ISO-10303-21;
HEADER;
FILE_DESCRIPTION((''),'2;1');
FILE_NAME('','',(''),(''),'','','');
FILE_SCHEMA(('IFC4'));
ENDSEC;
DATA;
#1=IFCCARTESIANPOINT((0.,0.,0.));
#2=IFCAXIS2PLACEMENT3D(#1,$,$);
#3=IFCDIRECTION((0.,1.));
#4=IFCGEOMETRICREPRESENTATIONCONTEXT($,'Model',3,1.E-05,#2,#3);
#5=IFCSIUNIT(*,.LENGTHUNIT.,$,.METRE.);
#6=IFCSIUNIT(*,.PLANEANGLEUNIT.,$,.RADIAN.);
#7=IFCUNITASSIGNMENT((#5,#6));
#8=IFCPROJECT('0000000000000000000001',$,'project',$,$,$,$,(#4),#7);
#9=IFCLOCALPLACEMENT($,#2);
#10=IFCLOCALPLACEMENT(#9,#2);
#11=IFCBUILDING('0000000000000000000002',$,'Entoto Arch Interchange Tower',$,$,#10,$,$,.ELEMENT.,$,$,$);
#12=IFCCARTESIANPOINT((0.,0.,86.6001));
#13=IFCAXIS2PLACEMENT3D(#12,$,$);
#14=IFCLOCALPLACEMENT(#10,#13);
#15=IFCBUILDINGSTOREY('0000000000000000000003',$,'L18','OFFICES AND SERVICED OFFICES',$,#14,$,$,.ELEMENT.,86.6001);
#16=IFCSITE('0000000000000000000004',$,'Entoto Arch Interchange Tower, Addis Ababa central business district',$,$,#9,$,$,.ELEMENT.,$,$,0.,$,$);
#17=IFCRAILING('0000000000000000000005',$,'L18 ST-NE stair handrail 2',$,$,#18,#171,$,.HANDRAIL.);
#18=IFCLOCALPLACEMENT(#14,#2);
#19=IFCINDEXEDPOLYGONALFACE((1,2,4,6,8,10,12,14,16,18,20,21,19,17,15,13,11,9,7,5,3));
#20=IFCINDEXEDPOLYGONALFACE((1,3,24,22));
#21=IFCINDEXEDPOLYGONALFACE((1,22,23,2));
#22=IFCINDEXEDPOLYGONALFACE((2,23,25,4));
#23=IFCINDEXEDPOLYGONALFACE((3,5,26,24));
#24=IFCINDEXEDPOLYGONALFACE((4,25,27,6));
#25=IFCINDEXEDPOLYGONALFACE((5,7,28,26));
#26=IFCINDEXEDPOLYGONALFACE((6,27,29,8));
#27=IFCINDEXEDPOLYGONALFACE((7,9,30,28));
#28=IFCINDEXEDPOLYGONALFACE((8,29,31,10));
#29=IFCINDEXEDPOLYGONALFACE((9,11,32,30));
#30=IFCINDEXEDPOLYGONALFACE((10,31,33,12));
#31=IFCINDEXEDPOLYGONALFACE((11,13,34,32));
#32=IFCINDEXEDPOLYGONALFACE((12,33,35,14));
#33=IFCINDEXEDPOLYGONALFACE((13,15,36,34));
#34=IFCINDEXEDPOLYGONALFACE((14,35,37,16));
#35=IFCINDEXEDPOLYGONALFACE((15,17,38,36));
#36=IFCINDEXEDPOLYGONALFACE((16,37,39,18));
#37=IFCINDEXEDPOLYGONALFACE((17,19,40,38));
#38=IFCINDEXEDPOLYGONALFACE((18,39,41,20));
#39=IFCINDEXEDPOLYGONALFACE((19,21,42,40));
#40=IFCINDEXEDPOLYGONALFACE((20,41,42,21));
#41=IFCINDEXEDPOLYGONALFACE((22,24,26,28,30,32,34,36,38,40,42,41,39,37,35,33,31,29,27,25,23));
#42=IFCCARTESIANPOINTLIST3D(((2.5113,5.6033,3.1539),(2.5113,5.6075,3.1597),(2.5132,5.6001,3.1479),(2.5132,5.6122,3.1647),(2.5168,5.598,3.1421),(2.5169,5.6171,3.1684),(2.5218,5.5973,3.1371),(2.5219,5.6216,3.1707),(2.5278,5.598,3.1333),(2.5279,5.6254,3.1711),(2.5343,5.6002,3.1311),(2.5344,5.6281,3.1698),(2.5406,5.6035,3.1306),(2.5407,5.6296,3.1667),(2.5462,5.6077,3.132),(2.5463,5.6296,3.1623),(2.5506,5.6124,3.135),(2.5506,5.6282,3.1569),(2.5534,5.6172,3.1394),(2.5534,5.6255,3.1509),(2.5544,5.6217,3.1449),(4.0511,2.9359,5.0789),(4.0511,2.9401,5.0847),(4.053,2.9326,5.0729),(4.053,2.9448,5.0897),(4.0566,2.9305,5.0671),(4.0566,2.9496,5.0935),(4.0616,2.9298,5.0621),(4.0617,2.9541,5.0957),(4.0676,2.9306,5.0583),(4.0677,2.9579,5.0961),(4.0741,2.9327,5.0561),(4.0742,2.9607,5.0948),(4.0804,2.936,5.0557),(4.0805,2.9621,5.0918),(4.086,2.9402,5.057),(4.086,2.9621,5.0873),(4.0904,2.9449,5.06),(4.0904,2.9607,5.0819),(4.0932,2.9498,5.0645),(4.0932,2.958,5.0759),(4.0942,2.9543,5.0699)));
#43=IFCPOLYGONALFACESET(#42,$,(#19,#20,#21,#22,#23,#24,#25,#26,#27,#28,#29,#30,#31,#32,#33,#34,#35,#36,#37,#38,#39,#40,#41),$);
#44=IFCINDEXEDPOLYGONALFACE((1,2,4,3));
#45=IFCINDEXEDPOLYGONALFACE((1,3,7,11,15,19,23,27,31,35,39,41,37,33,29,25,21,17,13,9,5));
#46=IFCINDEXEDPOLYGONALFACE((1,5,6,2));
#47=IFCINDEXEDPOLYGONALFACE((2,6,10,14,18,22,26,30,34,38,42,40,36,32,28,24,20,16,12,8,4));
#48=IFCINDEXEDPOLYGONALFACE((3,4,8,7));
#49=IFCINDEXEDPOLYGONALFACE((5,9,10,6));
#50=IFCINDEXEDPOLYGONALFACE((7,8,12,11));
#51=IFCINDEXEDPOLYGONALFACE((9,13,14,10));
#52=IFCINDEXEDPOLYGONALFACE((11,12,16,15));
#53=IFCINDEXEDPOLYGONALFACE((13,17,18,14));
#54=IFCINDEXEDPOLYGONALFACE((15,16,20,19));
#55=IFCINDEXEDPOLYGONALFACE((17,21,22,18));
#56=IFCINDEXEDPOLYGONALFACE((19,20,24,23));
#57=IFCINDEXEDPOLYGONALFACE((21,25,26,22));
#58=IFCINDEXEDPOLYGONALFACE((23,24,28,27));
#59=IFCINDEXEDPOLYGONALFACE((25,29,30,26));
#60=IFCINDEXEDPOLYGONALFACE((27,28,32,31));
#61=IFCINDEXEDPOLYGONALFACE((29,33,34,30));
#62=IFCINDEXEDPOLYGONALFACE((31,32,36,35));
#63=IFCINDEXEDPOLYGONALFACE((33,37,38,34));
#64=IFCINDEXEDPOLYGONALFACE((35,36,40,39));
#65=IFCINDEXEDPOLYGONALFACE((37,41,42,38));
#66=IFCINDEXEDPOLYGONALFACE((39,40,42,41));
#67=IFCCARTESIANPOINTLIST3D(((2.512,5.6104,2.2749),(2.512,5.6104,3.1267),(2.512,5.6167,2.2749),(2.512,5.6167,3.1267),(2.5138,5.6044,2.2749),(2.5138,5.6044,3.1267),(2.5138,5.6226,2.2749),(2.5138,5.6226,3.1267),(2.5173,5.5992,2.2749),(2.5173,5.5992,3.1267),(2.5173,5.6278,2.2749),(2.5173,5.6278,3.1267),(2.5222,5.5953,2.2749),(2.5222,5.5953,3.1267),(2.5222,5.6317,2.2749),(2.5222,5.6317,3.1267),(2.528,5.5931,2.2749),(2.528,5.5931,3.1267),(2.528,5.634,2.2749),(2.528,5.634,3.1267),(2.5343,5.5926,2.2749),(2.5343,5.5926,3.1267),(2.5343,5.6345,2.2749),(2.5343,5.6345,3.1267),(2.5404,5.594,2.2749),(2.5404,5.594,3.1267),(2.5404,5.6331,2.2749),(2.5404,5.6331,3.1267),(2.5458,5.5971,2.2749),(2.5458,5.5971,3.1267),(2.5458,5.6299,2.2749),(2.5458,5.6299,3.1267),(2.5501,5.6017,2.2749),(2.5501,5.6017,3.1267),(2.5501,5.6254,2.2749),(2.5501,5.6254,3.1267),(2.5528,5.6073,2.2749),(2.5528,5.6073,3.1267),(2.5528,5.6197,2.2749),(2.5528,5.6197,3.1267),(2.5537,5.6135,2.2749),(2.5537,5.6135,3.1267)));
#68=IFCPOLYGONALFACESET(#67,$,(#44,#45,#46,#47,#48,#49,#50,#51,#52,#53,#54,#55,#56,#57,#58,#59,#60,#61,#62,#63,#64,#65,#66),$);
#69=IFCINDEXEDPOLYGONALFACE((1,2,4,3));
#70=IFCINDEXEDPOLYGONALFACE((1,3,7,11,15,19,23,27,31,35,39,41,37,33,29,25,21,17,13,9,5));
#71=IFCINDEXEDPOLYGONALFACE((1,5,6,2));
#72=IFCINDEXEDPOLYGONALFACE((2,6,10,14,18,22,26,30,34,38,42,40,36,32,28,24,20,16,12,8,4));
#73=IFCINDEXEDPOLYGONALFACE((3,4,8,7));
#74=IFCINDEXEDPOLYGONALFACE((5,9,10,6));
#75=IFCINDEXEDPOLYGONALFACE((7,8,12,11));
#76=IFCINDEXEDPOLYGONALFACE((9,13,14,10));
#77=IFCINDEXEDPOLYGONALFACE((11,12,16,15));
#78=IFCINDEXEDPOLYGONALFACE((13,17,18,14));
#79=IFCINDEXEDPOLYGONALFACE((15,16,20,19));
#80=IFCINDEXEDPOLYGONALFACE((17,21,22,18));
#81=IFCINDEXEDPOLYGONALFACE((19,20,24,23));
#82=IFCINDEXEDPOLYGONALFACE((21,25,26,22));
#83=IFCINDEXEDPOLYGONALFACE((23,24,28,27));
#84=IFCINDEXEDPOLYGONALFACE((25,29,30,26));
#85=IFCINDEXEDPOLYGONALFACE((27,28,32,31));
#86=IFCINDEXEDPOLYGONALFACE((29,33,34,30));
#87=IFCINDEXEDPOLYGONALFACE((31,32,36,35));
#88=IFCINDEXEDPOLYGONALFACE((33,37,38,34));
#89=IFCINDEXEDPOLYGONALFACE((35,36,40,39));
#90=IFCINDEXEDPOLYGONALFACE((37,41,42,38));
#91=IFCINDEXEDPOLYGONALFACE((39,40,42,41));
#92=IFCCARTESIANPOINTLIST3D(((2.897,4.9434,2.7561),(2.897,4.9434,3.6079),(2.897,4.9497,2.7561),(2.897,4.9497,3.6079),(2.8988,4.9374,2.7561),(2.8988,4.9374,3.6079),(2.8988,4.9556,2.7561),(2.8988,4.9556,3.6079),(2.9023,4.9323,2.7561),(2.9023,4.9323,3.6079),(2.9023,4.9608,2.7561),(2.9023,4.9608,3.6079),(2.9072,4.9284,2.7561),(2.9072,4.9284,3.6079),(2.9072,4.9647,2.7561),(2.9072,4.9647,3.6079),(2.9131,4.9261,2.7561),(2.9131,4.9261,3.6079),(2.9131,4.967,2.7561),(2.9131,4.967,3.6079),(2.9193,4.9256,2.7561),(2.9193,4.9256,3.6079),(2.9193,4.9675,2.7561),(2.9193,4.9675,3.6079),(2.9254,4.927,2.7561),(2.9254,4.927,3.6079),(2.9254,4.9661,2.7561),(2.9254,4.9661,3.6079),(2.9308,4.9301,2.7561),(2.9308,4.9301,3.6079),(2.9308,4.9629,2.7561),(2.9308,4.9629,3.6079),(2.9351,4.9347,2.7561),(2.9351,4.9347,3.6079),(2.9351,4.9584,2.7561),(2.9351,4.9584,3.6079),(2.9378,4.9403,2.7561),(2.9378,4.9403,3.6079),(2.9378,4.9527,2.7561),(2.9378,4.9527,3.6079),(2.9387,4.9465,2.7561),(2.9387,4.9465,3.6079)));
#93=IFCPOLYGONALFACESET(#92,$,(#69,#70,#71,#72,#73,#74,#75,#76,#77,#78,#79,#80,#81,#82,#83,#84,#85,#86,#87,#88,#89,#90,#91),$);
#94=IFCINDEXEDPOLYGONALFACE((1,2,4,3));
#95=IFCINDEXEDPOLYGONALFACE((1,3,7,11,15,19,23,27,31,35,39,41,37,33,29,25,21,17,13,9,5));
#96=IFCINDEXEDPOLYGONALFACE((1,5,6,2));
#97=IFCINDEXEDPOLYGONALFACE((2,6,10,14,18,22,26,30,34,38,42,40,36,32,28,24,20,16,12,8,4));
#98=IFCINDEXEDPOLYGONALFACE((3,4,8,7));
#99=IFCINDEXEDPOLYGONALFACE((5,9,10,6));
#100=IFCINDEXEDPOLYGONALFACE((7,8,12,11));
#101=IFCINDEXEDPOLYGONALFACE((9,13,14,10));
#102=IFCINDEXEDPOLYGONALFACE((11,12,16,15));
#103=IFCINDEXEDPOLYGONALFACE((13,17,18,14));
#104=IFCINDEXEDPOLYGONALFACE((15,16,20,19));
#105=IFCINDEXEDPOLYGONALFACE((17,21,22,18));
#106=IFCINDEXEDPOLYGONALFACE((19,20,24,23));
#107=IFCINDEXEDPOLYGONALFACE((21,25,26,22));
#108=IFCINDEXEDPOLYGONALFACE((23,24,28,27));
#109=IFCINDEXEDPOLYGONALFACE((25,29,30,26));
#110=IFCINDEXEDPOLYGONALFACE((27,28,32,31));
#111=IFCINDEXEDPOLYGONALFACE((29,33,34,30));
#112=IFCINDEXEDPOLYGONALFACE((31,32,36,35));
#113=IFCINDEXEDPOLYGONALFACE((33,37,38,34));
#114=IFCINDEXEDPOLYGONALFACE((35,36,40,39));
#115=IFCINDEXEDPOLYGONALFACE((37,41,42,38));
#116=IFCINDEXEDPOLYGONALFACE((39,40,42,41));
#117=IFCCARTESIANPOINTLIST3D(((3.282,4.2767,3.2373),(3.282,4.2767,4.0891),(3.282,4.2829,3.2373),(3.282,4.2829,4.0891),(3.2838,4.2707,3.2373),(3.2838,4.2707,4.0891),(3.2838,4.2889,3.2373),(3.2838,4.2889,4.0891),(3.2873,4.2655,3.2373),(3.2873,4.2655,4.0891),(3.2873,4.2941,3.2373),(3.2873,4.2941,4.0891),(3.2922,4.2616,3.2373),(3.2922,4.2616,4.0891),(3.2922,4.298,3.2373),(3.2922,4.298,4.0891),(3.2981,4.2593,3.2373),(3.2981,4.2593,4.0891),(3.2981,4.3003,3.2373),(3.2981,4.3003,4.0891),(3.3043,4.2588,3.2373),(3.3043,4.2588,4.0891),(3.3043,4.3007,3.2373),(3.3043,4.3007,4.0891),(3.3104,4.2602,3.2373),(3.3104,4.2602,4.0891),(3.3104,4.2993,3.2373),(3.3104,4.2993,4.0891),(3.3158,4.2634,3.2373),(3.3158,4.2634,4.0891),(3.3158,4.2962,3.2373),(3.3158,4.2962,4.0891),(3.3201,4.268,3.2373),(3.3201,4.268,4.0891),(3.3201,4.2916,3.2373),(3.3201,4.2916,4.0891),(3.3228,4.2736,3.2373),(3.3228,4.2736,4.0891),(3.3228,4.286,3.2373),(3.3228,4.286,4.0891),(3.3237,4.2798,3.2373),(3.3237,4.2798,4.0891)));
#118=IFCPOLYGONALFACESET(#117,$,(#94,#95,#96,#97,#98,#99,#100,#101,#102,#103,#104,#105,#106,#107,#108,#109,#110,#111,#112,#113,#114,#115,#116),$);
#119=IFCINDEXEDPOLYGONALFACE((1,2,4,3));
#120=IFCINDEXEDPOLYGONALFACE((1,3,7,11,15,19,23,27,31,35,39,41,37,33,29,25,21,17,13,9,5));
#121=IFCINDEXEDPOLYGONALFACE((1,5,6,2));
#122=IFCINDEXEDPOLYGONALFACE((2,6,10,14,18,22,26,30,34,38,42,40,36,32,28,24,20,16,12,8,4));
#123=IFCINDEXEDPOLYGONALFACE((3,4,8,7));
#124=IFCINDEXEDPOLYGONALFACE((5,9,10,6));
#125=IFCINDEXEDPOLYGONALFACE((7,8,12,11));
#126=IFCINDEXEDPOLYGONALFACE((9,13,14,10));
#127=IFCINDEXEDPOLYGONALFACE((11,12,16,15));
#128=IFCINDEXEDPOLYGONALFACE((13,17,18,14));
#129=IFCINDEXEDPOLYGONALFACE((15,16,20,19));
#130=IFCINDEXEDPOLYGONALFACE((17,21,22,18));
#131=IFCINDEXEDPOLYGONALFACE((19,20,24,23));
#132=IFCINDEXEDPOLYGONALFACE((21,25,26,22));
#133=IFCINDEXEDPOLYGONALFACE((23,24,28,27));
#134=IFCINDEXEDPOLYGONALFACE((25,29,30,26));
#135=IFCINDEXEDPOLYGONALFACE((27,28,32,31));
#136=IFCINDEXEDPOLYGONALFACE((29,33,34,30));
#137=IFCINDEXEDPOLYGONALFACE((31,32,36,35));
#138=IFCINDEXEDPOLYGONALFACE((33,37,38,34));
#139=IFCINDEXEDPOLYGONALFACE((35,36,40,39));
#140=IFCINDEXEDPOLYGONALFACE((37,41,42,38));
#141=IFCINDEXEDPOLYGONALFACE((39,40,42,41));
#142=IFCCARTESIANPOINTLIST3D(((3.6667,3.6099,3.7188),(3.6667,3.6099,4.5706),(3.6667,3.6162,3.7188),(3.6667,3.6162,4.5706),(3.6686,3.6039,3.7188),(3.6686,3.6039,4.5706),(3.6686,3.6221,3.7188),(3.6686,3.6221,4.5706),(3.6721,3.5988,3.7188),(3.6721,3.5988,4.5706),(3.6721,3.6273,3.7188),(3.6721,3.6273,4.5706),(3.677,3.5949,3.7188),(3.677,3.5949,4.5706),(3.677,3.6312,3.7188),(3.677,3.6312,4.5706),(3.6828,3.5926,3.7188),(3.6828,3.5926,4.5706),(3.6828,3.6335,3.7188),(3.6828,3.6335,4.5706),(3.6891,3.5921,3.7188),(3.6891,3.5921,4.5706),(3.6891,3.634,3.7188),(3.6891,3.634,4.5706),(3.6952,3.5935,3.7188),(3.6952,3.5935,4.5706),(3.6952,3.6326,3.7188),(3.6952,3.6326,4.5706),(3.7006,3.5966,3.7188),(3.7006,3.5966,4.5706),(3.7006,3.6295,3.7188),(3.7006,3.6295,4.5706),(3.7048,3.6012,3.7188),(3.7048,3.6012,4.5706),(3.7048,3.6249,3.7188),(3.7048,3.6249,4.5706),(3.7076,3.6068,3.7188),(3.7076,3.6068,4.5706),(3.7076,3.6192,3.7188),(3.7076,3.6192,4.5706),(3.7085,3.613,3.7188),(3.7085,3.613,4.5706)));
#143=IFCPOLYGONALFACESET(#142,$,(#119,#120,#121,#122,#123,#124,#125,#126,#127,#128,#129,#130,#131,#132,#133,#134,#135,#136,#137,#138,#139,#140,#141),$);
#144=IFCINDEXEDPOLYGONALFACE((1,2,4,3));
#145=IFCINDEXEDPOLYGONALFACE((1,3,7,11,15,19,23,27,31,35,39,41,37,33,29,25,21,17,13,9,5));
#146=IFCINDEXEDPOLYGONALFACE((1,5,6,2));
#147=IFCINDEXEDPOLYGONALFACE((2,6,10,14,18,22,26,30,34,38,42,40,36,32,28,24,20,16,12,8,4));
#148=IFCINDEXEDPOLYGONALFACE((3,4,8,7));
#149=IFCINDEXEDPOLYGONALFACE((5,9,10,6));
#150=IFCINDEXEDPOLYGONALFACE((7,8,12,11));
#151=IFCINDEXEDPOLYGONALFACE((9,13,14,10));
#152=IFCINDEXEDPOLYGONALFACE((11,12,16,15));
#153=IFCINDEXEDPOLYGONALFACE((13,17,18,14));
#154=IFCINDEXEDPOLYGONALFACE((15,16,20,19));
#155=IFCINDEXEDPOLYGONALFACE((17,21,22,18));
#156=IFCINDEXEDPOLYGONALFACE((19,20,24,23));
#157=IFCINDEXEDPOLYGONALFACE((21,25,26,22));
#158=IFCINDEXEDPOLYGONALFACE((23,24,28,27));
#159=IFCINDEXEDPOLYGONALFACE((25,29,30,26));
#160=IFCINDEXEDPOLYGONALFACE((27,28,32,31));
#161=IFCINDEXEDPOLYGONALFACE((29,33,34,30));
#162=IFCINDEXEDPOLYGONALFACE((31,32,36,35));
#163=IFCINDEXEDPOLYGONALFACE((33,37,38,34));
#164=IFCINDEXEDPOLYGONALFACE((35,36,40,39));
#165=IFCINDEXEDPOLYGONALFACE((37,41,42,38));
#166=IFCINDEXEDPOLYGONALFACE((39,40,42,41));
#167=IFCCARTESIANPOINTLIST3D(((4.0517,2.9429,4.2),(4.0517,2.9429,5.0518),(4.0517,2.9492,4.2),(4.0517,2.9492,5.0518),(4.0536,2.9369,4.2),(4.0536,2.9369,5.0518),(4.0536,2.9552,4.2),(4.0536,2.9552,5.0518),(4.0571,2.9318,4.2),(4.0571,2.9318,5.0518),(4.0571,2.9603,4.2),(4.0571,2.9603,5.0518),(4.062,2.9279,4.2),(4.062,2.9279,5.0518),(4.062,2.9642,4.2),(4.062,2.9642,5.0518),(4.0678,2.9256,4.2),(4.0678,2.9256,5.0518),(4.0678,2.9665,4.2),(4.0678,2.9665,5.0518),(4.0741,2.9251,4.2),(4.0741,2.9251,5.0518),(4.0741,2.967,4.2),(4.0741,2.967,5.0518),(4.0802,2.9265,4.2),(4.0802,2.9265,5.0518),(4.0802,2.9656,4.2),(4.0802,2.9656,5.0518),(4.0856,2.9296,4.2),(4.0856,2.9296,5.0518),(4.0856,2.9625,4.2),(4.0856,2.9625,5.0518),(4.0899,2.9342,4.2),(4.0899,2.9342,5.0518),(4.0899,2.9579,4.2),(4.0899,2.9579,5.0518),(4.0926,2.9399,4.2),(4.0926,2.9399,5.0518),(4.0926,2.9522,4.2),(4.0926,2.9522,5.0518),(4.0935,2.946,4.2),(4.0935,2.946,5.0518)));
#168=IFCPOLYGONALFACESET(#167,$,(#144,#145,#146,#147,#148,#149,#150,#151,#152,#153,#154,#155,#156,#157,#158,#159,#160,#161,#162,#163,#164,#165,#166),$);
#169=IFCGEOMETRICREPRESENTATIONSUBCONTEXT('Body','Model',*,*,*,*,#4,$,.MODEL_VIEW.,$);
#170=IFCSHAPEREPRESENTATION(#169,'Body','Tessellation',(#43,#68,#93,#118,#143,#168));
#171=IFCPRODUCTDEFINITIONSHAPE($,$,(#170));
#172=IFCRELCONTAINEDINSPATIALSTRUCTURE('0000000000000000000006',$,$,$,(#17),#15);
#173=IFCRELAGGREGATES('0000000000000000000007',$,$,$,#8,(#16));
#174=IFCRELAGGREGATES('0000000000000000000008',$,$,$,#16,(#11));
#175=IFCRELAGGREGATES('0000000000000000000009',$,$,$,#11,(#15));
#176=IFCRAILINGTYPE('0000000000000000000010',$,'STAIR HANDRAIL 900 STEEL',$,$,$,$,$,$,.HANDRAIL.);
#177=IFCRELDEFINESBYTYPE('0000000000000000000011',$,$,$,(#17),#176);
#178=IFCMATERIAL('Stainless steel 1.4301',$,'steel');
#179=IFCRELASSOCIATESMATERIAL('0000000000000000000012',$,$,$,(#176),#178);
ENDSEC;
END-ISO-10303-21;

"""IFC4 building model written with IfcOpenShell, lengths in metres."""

from ifc_helpers import new_model, si_unit, direction, frame, origin, origin_2d, place, context, subcontext, project, spatial, circle, extrude, material, type_object, element, save


model = new_model("IFC4")

# Units and contexts
model_context = context("Model", 3, precision=1e-05, world=origin(), true_north=direction((0.0, 1.0)))
body_context = subcontext(model_context, "Body", "Model", "MODEL_VIEW")
ifc_project = project(units=[si_unit("LENGTHUNIT", "METRE"), si_unit("PLANEANGLEUNIT", "RADIAN")], contexts=[model_context])

# Site, building, storey
site_placement = place(None, origin())
site = spatial("IfcSite", under=ifc_project, at=site_placement, Name="Entoto Arch Interchange Tower, Addis Ababa central business district", CompositionType="ELEMENT", RefElevation=0.0)
building_placement = place(site_placement, origin())
building = spatial("IfcBuilding", under=site, at=building_placement, Name="Entoto Arch Interchange Tower", CompositionType="ELEMENT")
storey_placement = place(building_placement, frame((0.0, 0.0, 86.6001)))
storey = spatial("IfcBuildingStorey", under=building, at=storey_placement, Name="L18", Description="OFFICES AND SERVICED OFFICES", CompositionType="ELEMENT", Elevation=86.6001)

# Railing
ifc_material_1 = material(Name="Stainless steel 1.4301", Category="steel")
railing_type = type_object("IfcRailingType", Name="STAIR HANDRAIL 900 STEEL", PredefinedType="HANDRAIL", material=ifc_material_1)
railing_placement = place(storey_placement, frame((2.5327, 5.6135, 2.2749)))
element("IfcRailing", 1, at=railing_placement, inside=storey, type_object=railing_type, Name="L18 ST-NE stair handrail 2", PredefinedType="HANDRAIL", context=body_context, shape_type="SweptSolid", body=[
    extrude(circle(Radius=0.0239, at=origin_2d()), frame((0.0, 0.0, 0.876), z_axis=(0.423939, -0.734416, 0.530008), x_axis=(0.866064, 0.499933, 0.0)), (0.0, 0.0, 1.0), 3.6321),
    extrude(circle(Radius=0.021, at=origin_2d()), origin(), (0.0, 0.0, 1.0), 0.8518),
    extrude(circle(Radius=0.021, at=origin_2d()), frame((0.385, -0.667, 0.4812)), (0.0, 0.0, 1.0), 0.8518),
    extrude(circle(Radius=0.021, at=origin_2d()), frame((0.77, -1.3337, 0.9624)), (0.0, 0.0, 1.0), 0.8518),
    extrude(circle(Radius=0.021, at=origin_2d()), frame((1.1548, -2.0005, 1.4438)), (0.0, 0.0, 1.0), 0.8518),
    extrude(circle(Radius=0.021, at=origin_2d()), frame((1.5398, -2.6675, 1.925)), (0.0, 0.0, 1.0), 0.8518),
])

save(model, "model.ifc")
